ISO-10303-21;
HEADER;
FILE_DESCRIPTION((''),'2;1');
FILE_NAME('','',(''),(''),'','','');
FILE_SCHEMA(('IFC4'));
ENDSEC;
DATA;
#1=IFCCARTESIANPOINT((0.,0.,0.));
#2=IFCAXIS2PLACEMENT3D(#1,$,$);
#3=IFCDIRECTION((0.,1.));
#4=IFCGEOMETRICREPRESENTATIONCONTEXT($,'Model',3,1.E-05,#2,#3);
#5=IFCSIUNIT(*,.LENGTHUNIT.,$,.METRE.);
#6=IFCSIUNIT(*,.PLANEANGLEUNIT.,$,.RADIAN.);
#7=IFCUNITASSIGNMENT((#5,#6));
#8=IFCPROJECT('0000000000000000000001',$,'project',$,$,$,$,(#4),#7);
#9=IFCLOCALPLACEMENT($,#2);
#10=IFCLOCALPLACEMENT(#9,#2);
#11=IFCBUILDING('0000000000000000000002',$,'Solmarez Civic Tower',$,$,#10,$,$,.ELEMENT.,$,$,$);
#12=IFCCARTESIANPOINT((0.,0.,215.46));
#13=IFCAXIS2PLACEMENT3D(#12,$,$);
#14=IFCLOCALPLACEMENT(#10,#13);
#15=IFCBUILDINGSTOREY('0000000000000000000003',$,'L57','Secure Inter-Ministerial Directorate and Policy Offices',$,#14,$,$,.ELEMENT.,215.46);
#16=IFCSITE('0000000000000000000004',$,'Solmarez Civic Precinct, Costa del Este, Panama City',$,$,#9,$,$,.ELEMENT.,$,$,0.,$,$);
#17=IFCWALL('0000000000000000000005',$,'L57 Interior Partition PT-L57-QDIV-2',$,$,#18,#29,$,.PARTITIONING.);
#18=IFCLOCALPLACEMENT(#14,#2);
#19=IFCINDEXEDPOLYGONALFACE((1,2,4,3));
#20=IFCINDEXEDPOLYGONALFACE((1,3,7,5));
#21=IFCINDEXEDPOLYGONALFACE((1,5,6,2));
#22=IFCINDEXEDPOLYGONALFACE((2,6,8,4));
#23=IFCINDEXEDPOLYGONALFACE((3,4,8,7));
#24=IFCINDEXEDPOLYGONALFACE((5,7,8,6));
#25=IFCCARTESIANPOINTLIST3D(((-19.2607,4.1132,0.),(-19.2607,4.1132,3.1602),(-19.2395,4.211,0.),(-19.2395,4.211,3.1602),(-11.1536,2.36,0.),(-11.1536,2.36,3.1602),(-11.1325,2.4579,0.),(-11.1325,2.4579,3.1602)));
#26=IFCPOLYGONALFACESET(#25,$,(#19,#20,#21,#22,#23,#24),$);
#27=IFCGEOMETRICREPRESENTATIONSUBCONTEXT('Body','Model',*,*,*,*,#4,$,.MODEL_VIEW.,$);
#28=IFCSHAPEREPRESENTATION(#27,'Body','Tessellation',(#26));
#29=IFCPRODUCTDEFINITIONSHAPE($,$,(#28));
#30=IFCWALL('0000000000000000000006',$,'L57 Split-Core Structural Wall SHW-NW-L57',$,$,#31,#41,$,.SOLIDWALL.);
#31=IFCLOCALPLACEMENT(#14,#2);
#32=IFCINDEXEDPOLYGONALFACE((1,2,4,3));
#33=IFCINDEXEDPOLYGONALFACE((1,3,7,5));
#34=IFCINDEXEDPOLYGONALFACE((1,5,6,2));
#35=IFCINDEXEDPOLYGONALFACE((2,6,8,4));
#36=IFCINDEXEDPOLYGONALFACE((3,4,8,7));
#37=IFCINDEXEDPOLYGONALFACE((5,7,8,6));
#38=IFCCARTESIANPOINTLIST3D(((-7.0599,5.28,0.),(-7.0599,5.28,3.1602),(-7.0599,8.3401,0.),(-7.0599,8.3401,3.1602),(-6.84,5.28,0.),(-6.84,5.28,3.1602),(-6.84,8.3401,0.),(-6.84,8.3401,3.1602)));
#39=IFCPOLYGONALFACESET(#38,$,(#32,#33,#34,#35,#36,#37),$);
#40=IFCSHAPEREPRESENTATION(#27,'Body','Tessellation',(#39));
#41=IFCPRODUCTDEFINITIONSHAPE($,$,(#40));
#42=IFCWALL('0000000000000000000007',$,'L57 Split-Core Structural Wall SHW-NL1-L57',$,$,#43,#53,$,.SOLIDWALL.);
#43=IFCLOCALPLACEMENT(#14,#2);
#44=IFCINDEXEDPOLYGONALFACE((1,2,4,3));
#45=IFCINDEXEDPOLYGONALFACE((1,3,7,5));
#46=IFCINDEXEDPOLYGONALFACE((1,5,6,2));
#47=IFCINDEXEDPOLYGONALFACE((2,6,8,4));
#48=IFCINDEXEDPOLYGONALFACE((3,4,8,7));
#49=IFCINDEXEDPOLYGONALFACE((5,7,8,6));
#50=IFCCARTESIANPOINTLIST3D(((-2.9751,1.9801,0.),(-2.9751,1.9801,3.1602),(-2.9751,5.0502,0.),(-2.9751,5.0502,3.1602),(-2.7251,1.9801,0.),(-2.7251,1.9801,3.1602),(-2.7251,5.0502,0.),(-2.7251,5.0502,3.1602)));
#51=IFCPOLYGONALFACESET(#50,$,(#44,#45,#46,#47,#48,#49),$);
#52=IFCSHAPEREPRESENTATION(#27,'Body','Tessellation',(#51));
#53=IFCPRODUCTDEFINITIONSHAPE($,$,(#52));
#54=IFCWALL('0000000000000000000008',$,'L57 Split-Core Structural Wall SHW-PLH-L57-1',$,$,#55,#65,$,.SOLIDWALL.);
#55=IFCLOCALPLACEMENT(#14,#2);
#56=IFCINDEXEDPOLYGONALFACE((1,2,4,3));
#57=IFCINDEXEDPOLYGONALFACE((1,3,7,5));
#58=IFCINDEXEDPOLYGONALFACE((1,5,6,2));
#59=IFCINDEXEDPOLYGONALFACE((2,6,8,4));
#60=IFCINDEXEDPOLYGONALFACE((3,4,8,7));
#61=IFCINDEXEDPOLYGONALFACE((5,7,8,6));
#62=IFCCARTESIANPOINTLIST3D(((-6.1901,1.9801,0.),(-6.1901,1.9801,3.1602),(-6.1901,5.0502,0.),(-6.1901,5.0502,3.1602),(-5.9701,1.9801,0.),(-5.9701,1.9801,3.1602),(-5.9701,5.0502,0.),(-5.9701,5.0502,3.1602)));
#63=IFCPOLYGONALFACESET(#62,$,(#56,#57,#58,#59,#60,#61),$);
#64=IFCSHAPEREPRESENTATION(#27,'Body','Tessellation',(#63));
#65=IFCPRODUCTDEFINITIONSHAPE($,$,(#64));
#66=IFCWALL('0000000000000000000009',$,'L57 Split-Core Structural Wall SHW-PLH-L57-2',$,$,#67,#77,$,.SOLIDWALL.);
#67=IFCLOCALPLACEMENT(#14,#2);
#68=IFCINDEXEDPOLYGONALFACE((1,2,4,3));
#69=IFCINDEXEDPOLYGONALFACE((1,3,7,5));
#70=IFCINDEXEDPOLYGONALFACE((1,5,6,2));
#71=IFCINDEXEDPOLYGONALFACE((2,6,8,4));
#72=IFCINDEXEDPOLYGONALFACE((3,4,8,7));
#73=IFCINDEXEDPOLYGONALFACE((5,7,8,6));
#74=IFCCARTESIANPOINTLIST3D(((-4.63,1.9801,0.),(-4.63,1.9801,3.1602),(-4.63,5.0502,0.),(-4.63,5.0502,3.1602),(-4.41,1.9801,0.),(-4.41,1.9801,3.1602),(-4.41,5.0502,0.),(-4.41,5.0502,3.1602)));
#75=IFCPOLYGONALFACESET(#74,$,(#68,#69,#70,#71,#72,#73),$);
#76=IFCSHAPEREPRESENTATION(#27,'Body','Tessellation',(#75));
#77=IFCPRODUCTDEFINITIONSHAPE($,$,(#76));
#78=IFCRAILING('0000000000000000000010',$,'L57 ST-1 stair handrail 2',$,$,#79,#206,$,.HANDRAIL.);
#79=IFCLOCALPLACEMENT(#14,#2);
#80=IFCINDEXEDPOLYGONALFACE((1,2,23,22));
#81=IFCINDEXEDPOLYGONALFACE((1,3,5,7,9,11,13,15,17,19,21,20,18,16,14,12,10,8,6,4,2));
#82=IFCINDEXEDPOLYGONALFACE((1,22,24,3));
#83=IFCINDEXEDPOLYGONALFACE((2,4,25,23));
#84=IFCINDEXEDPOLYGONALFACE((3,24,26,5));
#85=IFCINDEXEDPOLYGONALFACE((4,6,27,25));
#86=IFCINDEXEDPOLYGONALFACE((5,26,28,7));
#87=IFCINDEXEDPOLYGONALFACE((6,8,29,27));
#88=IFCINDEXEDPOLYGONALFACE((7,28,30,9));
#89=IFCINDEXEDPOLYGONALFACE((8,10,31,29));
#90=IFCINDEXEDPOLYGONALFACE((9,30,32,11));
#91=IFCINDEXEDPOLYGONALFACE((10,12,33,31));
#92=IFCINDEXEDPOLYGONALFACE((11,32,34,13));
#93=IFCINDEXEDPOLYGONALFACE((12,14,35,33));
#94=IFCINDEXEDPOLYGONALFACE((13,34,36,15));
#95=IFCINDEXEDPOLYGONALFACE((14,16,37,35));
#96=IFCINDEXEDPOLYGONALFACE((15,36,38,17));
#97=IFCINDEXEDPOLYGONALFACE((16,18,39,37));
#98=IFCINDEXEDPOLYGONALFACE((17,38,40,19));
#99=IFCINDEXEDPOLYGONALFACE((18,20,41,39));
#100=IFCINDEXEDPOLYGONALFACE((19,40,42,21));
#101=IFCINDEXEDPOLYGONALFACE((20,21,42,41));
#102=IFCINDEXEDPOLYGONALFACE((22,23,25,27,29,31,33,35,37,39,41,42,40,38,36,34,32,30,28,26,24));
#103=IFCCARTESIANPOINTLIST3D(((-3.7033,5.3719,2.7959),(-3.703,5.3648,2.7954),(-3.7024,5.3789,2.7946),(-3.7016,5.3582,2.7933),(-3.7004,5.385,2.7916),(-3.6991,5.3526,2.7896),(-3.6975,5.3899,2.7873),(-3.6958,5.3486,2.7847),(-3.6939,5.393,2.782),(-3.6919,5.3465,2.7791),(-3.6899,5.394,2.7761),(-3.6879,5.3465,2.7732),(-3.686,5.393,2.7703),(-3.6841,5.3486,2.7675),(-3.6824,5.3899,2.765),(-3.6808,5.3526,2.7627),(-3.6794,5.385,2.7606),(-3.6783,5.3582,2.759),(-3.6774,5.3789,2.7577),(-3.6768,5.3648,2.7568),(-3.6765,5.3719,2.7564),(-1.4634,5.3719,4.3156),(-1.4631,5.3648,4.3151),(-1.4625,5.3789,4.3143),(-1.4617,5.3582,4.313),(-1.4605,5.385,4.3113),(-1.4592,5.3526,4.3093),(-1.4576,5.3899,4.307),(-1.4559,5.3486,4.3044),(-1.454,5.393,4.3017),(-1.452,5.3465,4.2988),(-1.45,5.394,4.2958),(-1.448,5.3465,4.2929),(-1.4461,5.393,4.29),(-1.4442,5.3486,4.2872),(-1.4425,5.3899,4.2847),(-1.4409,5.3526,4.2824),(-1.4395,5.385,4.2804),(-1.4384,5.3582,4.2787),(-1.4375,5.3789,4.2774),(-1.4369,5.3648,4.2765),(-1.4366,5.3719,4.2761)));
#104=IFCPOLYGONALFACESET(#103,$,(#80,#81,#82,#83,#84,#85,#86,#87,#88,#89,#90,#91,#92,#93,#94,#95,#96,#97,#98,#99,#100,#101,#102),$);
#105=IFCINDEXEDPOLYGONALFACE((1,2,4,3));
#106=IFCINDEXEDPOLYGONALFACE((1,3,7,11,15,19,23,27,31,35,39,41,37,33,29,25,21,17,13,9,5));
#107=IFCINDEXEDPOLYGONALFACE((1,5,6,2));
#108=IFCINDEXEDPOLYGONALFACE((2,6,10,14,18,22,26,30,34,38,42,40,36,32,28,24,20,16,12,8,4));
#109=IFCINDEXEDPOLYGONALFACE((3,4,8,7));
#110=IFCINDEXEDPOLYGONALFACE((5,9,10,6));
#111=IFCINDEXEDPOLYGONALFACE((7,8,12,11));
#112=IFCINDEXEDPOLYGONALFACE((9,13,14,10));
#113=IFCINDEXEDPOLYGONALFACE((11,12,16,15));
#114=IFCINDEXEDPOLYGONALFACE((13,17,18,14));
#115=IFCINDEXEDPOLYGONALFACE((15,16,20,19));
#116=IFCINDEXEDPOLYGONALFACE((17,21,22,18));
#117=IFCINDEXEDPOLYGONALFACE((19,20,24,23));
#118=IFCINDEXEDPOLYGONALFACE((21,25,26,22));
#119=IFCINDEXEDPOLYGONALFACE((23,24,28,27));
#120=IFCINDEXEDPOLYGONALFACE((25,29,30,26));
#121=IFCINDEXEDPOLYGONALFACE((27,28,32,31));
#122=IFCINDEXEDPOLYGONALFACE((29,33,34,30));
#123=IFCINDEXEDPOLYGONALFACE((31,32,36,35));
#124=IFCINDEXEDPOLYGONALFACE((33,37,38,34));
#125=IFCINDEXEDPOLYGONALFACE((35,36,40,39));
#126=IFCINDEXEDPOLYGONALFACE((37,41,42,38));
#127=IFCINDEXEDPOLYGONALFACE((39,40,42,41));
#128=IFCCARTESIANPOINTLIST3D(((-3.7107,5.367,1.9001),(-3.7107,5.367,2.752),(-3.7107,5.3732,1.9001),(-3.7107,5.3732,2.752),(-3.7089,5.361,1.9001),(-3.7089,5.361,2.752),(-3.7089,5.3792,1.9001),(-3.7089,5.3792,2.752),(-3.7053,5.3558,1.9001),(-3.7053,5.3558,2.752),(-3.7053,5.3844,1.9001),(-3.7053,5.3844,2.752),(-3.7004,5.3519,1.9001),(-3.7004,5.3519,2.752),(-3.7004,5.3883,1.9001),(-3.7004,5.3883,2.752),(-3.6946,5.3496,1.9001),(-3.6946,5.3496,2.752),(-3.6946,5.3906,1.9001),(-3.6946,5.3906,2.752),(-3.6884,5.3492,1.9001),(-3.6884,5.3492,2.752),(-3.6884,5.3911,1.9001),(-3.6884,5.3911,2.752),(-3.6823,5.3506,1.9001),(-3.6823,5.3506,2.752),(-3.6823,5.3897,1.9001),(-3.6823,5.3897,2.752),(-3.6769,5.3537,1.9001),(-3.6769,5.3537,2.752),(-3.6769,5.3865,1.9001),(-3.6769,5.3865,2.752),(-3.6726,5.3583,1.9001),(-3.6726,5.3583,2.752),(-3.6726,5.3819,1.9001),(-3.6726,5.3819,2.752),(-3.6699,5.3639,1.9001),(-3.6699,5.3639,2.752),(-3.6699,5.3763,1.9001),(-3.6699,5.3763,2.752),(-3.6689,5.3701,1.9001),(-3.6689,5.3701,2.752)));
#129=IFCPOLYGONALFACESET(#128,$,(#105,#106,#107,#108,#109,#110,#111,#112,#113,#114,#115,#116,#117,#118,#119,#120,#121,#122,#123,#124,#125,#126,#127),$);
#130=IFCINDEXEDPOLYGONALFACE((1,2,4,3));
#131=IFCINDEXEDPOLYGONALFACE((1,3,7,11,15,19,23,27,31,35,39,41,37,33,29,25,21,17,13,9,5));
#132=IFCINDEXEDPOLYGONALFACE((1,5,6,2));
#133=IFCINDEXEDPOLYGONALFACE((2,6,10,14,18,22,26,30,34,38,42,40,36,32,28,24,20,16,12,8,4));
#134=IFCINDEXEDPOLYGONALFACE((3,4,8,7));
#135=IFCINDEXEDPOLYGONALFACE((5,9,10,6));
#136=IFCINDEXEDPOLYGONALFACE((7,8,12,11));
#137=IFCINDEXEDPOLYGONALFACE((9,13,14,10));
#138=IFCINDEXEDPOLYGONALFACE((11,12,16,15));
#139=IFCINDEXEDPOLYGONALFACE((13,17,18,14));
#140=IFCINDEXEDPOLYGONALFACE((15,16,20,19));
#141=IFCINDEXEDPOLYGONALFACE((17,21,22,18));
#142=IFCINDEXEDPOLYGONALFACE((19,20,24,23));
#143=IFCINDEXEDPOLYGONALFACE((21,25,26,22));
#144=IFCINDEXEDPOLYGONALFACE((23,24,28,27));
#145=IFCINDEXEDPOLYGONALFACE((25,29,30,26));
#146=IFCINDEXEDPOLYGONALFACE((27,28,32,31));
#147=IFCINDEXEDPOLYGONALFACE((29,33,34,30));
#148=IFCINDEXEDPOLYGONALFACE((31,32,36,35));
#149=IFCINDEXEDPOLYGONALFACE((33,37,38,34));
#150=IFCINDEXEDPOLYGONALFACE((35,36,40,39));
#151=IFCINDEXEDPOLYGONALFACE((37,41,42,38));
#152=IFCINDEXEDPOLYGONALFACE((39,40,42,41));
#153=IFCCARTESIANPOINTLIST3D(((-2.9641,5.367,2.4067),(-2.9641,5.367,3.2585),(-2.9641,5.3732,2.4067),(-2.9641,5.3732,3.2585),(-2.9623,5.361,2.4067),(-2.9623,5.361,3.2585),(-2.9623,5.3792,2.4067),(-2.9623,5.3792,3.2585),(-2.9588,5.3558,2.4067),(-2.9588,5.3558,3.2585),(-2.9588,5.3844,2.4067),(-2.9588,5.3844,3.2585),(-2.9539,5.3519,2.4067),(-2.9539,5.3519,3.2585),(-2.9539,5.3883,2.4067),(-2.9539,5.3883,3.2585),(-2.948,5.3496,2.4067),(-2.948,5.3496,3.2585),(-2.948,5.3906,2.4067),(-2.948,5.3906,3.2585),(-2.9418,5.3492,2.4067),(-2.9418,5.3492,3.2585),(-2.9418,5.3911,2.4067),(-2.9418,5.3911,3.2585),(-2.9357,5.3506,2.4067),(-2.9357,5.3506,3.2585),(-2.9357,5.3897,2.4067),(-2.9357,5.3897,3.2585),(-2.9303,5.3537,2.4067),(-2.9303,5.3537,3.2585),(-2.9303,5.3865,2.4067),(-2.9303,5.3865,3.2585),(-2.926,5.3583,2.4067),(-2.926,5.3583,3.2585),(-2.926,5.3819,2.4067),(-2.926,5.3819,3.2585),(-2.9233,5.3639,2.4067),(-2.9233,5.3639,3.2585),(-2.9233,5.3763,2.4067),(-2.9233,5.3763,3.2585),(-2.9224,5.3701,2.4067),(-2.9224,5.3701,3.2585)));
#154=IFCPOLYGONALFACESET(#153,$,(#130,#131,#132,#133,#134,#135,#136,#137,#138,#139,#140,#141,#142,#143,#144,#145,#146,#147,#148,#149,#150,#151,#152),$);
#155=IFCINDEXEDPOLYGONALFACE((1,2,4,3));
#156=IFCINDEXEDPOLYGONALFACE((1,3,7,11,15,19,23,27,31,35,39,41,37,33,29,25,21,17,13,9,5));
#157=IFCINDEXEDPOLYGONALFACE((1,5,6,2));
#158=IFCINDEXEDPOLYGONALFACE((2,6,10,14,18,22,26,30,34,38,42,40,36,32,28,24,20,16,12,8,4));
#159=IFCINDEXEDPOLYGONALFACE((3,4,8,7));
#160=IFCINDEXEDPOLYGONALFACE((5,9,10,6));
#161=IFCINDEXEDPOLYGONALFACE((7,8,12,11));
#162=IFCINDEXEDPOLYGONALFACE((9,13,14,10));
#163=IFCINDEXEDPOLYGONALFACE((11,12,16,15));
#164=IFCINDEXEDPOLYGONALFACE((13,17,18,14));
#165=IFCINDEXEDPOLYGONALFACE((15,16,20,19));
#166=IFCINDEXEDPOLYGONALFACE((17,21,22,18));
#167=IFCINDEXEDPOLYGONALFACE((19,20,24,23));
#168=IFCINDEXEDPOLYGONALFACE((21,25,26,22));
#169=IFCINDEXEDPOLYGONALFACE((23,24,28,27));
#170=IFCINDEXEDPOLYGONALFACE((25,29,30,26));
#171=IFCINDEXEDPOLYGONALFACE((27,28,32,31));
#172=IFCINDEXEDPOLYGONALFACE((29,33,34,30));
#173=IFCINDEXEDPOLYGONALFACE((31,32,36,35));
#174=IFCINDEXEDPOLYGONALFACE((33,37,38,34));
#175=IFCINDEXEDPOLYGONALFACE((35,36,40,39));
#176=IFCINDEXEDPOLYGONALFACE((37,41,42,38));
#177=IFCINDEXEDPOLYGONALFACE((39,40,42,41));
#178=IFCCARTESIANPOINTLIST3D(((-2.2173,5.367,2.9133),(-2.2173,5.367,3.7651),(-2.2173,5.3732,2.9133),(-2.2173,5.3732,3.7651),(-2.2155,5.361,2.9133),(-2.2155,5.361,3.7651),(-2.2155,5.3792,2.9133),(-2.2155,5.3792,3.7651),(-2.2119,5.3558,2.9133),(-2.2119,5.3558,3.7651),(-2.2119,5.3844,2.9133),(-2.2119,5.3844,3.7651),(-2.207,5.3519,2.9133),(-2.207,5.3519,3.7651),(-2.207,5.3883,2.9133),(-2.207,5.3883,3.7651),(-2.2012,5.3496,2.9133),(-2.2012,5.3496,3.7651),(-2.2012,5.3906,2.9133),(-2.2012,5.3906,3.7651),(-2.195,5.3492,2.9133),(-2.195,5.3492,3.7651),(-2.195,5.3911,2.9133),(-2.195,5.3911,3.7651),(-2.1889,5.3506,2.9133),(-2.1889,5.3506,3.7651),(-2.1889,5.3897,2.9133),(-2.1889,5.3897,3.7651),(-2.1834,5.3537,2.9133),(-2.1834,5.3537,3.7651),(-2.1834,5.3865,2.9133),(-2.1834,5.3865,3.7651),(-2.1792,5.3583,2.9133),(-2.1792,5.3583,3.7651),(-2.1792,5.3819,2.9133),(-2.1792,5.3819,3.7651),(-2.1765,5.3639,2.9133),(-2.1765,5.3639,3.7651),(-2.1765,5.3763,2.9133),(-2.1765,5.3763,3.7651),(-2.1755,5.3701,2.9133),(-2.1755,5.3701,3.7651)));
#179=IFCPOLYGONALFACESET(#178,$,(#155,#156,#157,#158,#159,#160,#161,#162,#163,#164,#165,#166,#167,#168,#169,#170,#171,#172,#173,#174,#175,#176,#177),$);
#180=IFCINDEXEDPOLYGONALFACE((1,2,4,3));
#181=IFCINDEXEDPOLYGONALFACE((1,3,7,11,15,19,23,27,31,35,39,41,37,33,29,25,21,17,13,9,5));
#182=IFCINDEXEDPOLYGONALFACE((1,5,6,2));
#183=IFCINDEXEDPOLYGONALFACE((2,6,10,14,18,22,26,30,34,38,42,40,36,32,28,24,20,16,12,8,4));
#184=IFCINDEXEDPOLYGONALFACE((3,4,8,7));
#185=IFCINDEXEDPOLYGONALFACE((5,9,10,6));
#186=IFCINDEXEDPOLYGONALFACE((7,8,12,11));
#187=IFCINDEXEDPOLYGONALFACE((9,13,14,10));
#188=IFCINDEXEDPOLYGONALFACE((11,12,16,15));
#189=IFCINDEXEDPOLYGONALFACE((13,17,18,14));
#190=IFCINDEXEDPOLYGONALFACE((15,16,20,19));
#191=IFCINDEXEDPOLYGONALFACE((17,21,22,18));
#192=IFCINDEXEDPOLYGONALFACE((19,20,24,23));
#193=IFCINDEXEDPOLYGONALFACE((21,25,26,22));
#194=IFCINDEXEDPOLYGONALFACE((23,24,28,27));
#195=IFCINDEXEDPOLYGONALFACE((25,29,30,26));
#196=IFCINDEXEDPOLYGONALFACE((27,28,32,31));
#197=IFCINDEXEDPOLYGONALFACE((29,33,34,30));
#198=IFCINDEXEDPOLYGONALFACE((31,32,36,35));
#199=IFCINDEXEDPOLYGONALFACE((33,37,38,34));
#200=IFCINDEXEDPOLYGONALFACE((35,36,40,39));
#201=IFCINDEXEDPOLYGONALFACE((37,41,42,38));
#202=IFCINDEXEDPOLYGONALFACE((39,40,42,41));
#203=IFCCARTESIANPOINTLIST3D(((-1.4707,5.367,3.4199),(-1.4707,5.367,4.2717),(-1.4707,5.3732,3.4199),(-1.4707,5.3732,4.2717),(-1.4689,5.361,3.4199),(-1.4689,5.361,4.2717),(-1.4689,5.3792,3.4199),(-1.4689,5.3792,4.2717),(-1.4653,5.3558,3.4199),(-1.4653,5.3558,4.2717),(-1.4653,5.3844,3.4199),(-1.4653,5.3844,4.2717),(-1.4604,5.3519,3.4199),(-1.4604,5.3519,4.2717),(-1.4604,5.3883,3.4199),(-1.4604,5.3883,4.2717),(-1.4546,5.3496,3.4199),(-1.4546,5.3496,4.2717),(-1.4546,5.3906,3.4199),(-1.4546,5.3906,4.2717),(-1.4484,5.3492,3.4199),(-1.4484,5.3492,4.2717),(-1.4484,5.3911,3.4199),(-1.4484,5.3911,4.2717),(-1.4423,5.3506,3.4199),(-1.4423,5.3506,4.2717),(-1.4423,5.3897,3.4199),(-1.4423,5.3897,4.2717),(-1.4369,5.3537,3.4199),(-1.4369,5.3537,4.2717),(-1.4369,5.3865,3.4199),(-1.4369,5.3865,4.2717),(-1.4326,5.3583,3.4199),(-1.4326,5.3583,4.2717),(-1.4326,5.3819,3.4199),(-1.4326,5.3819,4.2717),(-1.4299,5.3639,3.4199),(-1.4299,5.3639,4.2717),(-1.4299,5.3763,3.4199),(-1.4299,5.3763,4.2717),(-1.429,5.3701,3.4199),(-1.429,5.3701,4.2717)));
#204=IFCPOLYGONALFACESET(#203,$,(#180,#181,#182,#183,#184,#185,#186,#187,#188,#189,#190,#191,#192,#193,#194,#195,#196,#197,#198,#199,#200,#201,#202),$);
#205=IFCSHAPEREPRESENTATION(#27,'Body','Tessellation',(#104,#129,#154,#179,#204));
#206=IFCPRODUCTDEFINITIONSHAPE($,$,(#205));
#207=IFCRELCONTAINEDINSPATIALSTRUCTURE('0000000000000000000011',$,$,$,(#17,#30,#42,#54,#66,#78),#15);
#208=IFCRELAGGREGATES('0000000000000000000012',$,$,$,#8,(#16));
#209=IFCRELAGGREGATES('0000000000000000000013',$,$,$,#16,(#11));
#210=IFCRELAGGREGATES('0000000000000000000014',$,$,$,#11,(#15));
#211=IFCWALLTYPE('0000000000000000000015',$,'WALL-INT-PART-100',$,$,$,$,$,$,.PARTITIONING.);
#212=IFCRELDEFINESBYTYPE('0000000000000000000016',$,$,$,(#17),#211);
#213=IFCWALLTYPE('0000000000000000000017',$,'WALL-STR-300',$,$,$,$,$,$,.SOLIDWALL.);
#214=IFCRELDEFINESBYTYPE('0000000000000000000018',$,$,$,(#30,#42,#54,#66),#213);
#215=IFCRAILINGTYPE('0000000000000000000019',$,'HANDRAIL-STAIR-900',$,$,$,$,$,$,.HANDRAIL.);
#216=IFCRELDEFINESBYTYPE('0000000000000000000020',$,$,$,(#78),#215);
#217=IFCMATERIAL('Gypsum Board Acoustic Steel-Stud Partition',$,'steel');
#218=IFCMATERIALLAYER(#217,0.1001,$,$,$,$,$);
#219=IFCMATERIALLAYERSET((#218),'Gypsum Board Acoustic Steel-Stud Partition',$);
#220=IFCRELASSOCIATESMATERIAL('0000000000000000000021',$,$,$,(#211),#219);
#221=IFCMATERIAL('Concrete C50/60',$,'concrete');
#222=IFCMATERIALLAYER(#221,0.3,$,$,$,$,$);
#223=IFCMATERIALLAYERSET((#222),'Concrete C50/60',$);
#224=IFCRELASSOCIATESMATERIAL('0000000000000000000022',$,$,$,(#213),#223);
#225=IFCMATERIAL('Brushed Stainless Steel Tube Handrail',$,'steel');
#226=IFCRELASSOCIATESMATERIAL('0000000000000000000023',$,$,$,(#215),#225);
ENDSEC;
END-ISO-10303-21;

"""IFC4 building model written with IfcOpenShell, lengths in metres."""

from ifc_helpers import new_model, si_unit, direction, frame, frame_2d, origin, origin_2d, place, context, subcontext, project, spatial, rectangle, circle, extrude, material, layer, layer_set, type_object, element, save


model = new_model("IFC4")

# Units and contexts
model_context = context("Model", 3, precision=1e-05, world=origin(), true_north=direction((0.0, 1.0)))
body_context = subcontext(model_context, "Body", "Model", "MODEL_VIEW")
ifc_project = project(units=[si_unit("LENGTHUNIT", "METRE"), si_unit("PLANEANGLEUNIT", "RADIAN")], contexts=[model_context])

# Site, building, storey
site_placement = place(None, origin())
site = spatial("IfcSite", under=ifc_project, at=site_placement, Name="Solmarez Civic Precinct, Costa del Este, Panama City", CompositionType="ELEMENT", RefElevation=0.0)
building_placement = place(site_placement, origin())
building = spatial("IfcBuilding", under=site, at=building_placement, Name="Solmarez Civic Tower", CompositionType="ELEMENT")
storey_placement = place(building_placement, frame((0.0, 0.0, 215.46)))
storey = spatial("IfcBuildingStorey", under=building, at=storey_placement, Name="L57", Description="Secure Inter-Ministerial Directorate and Policy Offices", CompositionType="ELEMENT", Elevation=215.46)

# Shared definitions
ifc_material_1 = material(Name="Concrete C50/60", Category="concrete")

# Shared definitions
ifc_material_2 = material(Name="Gypsum Board Acoustic Steel-Stud Partition", Category="steel")
ifc_layer_1 = layer(ifc_material_2, 0.1001)
ifc_layer_set_1 = layer_set([ifc_layer_1], Name="Gypsum Board Acoustic Steel-Stud Partition")
wall_type_1 = type_object("IfcWallType", Name="WALL-INT-PART-100", PredefinedType="PARTITIONING", material=ifc_layer_set_1)

# Walls
wall_1_placement = place(storey_placement, frame((-11.1431, 2.4089, 0.0), z_axis=(0.0, 0.0, 1.0), x_axis=(-0.977406, 0.21137, 0.0)))
element("IfcWall", 1, at=wall_1_placement, inside=storey, type_object=wall_type_1, Name="L57 Interior Partition PT-L57-QDIV-2", PredefinedType="PARTITIONING", context=body_context, shape_type="SweptSolid", body=[
    extrude(rectangle(XDim=8.2944, YDim=0.1001, at=frame_2d((4.1472, 0.0))), origin(), (0.0, 0.0, 1.0), 3.1602),
])
ifc_layer_2 = layer(ifc_material_1, 0.3)
ifc_layer_set_2 = layer_set([ifc_layer_2], Name="Concrete C50/60")
wall_type_2 = type_object("IfcWallType", Name="WALL-STR-300", PredefinedType="SOLIDWALL", material=ifc_layer_set_2)
wall_2_placement = place(storey_placement, frame((-6.95, 5.28, 0.0), z_axis=(0.0, 0.0, 1.0), x_axis=(0.0, 1.0, 0.0)))
element("IfcWall", 2, at=wall_2_placement, inside=storey, type_object=wall_type_2, Name="L57 Split-Core Structural Wall SHW-NW-L57", PredefinedType="SOLIDWALL", context=body_context, shape_type="SweptSolid", body=[
    extrude(rectangle(XDim=3.0601, YDim=0.22, at=frame_2d((1.53, 0.0))), origin(), (0.0, 0.0, 1.0), 3.1602),
])
wall_3_placement = place(storey_placement, frame((-2.8501, 1.98, 0.0), z_axis=(0.0, 0.0, 1.0), x_axis=(0.0, 1.0, 0.0)))
element("IfcWall", 3, at=wall_3_placement, inside=storey, type_object=wall_type_2, Name="L57 Split-Core Structural Wall SHW-NL1-L57", PredefinedType="SOLIDWALL", context=body_context, shape_type="SweptSolid", body=[
    extrude(rectangle(XDim=3.0701, YDim=0.25, at=frame_2d((1.5352, 0.0))), origin(), (0.0, 0.0, 1.0), 3.1602),
])
for number, where, z_axis, x_axis, name in (
    (4, (-6.0801, 1.98, 0.0), (0.0, 0.0, 1.0), (0.0, 1.0, 0.0), "L57 Split-Core Structural Wall SHW-PLH-L57-1"),
    (5, (-4.52, 1.98, 0.0), (0.0, 0.0, 1.0), (0.0, 1.0, 0.0), "L57 Split-Core Structural Wall SHW-PLH-L57-2"),
):
    element("IfcWall", number, at=place(storey_placement, frame(where, z_axis=z_axis, x_axis=x_axis)), inside=storey, type_object=wall_type_2, Name=name, PredefinedType="SOLIDWALL", context=body_context, shape_type="SweptSolid", body=[
        extrude(rectangle(XDim=3.0701, YDim=0.22, at=frame_2d((1.5352, 0.0))), origin(), (0.0, 0.0, 1.0), 3.1602),
    ])

# Railing
ifc_material_3 = material(Name="Brushed Stainless Steel Tube Handrail", Category="steel")
railing_type = type_object("IfcRailingType", Name="HANDRAIL-STAIR-900", PredefinedType="HANDRAIL", material=ifc_material_3)
railing_placement = place(storey_placement, frame((-3.6899, 5.3701, 1.9001)))
element("IfcRailing", 6, at=railing_placement, inside=storey, type_object=railing_type, Name="L57 ST-1 stair handrail 2", PredefinedType="HANDRAIL", context=body_context, shape_type="SweptSolid", body=[
    extrude(circle(Radius=0.0239, at=origin_2d()), frame((0.0, 0.0, 0.876), z_axis=(0.827513, 0.0, 0.561446), x_axis=(0.0, 1.0, 0.0)), (0.0, 0.0, 1.0), 2.7068),
    extrude(circle(Radius=0.021, at=origin_2d()), origin(), (0.0, 0.0, 1.0), 0.8518),
    extrude(circle(Radius=0.021, at=origin_2d()), frame((0.7466, 0.0, 0.5066)), (0.0, 0.0, 1.0), 0.8518),
    extrude(circle(Radius=0.021, at=origin_2d()), frame((1.4934, 0.0, 1.0132)), (0.0, 0.0, 1.0), 0.8518),
    extrude(circle(Radius=0.021, at=origin_2d()), frame((2.24, 0.0, 1.5198)), (0.0, 0.0, 1.0), 0.8518),
])

save(model, "model.ifc")
